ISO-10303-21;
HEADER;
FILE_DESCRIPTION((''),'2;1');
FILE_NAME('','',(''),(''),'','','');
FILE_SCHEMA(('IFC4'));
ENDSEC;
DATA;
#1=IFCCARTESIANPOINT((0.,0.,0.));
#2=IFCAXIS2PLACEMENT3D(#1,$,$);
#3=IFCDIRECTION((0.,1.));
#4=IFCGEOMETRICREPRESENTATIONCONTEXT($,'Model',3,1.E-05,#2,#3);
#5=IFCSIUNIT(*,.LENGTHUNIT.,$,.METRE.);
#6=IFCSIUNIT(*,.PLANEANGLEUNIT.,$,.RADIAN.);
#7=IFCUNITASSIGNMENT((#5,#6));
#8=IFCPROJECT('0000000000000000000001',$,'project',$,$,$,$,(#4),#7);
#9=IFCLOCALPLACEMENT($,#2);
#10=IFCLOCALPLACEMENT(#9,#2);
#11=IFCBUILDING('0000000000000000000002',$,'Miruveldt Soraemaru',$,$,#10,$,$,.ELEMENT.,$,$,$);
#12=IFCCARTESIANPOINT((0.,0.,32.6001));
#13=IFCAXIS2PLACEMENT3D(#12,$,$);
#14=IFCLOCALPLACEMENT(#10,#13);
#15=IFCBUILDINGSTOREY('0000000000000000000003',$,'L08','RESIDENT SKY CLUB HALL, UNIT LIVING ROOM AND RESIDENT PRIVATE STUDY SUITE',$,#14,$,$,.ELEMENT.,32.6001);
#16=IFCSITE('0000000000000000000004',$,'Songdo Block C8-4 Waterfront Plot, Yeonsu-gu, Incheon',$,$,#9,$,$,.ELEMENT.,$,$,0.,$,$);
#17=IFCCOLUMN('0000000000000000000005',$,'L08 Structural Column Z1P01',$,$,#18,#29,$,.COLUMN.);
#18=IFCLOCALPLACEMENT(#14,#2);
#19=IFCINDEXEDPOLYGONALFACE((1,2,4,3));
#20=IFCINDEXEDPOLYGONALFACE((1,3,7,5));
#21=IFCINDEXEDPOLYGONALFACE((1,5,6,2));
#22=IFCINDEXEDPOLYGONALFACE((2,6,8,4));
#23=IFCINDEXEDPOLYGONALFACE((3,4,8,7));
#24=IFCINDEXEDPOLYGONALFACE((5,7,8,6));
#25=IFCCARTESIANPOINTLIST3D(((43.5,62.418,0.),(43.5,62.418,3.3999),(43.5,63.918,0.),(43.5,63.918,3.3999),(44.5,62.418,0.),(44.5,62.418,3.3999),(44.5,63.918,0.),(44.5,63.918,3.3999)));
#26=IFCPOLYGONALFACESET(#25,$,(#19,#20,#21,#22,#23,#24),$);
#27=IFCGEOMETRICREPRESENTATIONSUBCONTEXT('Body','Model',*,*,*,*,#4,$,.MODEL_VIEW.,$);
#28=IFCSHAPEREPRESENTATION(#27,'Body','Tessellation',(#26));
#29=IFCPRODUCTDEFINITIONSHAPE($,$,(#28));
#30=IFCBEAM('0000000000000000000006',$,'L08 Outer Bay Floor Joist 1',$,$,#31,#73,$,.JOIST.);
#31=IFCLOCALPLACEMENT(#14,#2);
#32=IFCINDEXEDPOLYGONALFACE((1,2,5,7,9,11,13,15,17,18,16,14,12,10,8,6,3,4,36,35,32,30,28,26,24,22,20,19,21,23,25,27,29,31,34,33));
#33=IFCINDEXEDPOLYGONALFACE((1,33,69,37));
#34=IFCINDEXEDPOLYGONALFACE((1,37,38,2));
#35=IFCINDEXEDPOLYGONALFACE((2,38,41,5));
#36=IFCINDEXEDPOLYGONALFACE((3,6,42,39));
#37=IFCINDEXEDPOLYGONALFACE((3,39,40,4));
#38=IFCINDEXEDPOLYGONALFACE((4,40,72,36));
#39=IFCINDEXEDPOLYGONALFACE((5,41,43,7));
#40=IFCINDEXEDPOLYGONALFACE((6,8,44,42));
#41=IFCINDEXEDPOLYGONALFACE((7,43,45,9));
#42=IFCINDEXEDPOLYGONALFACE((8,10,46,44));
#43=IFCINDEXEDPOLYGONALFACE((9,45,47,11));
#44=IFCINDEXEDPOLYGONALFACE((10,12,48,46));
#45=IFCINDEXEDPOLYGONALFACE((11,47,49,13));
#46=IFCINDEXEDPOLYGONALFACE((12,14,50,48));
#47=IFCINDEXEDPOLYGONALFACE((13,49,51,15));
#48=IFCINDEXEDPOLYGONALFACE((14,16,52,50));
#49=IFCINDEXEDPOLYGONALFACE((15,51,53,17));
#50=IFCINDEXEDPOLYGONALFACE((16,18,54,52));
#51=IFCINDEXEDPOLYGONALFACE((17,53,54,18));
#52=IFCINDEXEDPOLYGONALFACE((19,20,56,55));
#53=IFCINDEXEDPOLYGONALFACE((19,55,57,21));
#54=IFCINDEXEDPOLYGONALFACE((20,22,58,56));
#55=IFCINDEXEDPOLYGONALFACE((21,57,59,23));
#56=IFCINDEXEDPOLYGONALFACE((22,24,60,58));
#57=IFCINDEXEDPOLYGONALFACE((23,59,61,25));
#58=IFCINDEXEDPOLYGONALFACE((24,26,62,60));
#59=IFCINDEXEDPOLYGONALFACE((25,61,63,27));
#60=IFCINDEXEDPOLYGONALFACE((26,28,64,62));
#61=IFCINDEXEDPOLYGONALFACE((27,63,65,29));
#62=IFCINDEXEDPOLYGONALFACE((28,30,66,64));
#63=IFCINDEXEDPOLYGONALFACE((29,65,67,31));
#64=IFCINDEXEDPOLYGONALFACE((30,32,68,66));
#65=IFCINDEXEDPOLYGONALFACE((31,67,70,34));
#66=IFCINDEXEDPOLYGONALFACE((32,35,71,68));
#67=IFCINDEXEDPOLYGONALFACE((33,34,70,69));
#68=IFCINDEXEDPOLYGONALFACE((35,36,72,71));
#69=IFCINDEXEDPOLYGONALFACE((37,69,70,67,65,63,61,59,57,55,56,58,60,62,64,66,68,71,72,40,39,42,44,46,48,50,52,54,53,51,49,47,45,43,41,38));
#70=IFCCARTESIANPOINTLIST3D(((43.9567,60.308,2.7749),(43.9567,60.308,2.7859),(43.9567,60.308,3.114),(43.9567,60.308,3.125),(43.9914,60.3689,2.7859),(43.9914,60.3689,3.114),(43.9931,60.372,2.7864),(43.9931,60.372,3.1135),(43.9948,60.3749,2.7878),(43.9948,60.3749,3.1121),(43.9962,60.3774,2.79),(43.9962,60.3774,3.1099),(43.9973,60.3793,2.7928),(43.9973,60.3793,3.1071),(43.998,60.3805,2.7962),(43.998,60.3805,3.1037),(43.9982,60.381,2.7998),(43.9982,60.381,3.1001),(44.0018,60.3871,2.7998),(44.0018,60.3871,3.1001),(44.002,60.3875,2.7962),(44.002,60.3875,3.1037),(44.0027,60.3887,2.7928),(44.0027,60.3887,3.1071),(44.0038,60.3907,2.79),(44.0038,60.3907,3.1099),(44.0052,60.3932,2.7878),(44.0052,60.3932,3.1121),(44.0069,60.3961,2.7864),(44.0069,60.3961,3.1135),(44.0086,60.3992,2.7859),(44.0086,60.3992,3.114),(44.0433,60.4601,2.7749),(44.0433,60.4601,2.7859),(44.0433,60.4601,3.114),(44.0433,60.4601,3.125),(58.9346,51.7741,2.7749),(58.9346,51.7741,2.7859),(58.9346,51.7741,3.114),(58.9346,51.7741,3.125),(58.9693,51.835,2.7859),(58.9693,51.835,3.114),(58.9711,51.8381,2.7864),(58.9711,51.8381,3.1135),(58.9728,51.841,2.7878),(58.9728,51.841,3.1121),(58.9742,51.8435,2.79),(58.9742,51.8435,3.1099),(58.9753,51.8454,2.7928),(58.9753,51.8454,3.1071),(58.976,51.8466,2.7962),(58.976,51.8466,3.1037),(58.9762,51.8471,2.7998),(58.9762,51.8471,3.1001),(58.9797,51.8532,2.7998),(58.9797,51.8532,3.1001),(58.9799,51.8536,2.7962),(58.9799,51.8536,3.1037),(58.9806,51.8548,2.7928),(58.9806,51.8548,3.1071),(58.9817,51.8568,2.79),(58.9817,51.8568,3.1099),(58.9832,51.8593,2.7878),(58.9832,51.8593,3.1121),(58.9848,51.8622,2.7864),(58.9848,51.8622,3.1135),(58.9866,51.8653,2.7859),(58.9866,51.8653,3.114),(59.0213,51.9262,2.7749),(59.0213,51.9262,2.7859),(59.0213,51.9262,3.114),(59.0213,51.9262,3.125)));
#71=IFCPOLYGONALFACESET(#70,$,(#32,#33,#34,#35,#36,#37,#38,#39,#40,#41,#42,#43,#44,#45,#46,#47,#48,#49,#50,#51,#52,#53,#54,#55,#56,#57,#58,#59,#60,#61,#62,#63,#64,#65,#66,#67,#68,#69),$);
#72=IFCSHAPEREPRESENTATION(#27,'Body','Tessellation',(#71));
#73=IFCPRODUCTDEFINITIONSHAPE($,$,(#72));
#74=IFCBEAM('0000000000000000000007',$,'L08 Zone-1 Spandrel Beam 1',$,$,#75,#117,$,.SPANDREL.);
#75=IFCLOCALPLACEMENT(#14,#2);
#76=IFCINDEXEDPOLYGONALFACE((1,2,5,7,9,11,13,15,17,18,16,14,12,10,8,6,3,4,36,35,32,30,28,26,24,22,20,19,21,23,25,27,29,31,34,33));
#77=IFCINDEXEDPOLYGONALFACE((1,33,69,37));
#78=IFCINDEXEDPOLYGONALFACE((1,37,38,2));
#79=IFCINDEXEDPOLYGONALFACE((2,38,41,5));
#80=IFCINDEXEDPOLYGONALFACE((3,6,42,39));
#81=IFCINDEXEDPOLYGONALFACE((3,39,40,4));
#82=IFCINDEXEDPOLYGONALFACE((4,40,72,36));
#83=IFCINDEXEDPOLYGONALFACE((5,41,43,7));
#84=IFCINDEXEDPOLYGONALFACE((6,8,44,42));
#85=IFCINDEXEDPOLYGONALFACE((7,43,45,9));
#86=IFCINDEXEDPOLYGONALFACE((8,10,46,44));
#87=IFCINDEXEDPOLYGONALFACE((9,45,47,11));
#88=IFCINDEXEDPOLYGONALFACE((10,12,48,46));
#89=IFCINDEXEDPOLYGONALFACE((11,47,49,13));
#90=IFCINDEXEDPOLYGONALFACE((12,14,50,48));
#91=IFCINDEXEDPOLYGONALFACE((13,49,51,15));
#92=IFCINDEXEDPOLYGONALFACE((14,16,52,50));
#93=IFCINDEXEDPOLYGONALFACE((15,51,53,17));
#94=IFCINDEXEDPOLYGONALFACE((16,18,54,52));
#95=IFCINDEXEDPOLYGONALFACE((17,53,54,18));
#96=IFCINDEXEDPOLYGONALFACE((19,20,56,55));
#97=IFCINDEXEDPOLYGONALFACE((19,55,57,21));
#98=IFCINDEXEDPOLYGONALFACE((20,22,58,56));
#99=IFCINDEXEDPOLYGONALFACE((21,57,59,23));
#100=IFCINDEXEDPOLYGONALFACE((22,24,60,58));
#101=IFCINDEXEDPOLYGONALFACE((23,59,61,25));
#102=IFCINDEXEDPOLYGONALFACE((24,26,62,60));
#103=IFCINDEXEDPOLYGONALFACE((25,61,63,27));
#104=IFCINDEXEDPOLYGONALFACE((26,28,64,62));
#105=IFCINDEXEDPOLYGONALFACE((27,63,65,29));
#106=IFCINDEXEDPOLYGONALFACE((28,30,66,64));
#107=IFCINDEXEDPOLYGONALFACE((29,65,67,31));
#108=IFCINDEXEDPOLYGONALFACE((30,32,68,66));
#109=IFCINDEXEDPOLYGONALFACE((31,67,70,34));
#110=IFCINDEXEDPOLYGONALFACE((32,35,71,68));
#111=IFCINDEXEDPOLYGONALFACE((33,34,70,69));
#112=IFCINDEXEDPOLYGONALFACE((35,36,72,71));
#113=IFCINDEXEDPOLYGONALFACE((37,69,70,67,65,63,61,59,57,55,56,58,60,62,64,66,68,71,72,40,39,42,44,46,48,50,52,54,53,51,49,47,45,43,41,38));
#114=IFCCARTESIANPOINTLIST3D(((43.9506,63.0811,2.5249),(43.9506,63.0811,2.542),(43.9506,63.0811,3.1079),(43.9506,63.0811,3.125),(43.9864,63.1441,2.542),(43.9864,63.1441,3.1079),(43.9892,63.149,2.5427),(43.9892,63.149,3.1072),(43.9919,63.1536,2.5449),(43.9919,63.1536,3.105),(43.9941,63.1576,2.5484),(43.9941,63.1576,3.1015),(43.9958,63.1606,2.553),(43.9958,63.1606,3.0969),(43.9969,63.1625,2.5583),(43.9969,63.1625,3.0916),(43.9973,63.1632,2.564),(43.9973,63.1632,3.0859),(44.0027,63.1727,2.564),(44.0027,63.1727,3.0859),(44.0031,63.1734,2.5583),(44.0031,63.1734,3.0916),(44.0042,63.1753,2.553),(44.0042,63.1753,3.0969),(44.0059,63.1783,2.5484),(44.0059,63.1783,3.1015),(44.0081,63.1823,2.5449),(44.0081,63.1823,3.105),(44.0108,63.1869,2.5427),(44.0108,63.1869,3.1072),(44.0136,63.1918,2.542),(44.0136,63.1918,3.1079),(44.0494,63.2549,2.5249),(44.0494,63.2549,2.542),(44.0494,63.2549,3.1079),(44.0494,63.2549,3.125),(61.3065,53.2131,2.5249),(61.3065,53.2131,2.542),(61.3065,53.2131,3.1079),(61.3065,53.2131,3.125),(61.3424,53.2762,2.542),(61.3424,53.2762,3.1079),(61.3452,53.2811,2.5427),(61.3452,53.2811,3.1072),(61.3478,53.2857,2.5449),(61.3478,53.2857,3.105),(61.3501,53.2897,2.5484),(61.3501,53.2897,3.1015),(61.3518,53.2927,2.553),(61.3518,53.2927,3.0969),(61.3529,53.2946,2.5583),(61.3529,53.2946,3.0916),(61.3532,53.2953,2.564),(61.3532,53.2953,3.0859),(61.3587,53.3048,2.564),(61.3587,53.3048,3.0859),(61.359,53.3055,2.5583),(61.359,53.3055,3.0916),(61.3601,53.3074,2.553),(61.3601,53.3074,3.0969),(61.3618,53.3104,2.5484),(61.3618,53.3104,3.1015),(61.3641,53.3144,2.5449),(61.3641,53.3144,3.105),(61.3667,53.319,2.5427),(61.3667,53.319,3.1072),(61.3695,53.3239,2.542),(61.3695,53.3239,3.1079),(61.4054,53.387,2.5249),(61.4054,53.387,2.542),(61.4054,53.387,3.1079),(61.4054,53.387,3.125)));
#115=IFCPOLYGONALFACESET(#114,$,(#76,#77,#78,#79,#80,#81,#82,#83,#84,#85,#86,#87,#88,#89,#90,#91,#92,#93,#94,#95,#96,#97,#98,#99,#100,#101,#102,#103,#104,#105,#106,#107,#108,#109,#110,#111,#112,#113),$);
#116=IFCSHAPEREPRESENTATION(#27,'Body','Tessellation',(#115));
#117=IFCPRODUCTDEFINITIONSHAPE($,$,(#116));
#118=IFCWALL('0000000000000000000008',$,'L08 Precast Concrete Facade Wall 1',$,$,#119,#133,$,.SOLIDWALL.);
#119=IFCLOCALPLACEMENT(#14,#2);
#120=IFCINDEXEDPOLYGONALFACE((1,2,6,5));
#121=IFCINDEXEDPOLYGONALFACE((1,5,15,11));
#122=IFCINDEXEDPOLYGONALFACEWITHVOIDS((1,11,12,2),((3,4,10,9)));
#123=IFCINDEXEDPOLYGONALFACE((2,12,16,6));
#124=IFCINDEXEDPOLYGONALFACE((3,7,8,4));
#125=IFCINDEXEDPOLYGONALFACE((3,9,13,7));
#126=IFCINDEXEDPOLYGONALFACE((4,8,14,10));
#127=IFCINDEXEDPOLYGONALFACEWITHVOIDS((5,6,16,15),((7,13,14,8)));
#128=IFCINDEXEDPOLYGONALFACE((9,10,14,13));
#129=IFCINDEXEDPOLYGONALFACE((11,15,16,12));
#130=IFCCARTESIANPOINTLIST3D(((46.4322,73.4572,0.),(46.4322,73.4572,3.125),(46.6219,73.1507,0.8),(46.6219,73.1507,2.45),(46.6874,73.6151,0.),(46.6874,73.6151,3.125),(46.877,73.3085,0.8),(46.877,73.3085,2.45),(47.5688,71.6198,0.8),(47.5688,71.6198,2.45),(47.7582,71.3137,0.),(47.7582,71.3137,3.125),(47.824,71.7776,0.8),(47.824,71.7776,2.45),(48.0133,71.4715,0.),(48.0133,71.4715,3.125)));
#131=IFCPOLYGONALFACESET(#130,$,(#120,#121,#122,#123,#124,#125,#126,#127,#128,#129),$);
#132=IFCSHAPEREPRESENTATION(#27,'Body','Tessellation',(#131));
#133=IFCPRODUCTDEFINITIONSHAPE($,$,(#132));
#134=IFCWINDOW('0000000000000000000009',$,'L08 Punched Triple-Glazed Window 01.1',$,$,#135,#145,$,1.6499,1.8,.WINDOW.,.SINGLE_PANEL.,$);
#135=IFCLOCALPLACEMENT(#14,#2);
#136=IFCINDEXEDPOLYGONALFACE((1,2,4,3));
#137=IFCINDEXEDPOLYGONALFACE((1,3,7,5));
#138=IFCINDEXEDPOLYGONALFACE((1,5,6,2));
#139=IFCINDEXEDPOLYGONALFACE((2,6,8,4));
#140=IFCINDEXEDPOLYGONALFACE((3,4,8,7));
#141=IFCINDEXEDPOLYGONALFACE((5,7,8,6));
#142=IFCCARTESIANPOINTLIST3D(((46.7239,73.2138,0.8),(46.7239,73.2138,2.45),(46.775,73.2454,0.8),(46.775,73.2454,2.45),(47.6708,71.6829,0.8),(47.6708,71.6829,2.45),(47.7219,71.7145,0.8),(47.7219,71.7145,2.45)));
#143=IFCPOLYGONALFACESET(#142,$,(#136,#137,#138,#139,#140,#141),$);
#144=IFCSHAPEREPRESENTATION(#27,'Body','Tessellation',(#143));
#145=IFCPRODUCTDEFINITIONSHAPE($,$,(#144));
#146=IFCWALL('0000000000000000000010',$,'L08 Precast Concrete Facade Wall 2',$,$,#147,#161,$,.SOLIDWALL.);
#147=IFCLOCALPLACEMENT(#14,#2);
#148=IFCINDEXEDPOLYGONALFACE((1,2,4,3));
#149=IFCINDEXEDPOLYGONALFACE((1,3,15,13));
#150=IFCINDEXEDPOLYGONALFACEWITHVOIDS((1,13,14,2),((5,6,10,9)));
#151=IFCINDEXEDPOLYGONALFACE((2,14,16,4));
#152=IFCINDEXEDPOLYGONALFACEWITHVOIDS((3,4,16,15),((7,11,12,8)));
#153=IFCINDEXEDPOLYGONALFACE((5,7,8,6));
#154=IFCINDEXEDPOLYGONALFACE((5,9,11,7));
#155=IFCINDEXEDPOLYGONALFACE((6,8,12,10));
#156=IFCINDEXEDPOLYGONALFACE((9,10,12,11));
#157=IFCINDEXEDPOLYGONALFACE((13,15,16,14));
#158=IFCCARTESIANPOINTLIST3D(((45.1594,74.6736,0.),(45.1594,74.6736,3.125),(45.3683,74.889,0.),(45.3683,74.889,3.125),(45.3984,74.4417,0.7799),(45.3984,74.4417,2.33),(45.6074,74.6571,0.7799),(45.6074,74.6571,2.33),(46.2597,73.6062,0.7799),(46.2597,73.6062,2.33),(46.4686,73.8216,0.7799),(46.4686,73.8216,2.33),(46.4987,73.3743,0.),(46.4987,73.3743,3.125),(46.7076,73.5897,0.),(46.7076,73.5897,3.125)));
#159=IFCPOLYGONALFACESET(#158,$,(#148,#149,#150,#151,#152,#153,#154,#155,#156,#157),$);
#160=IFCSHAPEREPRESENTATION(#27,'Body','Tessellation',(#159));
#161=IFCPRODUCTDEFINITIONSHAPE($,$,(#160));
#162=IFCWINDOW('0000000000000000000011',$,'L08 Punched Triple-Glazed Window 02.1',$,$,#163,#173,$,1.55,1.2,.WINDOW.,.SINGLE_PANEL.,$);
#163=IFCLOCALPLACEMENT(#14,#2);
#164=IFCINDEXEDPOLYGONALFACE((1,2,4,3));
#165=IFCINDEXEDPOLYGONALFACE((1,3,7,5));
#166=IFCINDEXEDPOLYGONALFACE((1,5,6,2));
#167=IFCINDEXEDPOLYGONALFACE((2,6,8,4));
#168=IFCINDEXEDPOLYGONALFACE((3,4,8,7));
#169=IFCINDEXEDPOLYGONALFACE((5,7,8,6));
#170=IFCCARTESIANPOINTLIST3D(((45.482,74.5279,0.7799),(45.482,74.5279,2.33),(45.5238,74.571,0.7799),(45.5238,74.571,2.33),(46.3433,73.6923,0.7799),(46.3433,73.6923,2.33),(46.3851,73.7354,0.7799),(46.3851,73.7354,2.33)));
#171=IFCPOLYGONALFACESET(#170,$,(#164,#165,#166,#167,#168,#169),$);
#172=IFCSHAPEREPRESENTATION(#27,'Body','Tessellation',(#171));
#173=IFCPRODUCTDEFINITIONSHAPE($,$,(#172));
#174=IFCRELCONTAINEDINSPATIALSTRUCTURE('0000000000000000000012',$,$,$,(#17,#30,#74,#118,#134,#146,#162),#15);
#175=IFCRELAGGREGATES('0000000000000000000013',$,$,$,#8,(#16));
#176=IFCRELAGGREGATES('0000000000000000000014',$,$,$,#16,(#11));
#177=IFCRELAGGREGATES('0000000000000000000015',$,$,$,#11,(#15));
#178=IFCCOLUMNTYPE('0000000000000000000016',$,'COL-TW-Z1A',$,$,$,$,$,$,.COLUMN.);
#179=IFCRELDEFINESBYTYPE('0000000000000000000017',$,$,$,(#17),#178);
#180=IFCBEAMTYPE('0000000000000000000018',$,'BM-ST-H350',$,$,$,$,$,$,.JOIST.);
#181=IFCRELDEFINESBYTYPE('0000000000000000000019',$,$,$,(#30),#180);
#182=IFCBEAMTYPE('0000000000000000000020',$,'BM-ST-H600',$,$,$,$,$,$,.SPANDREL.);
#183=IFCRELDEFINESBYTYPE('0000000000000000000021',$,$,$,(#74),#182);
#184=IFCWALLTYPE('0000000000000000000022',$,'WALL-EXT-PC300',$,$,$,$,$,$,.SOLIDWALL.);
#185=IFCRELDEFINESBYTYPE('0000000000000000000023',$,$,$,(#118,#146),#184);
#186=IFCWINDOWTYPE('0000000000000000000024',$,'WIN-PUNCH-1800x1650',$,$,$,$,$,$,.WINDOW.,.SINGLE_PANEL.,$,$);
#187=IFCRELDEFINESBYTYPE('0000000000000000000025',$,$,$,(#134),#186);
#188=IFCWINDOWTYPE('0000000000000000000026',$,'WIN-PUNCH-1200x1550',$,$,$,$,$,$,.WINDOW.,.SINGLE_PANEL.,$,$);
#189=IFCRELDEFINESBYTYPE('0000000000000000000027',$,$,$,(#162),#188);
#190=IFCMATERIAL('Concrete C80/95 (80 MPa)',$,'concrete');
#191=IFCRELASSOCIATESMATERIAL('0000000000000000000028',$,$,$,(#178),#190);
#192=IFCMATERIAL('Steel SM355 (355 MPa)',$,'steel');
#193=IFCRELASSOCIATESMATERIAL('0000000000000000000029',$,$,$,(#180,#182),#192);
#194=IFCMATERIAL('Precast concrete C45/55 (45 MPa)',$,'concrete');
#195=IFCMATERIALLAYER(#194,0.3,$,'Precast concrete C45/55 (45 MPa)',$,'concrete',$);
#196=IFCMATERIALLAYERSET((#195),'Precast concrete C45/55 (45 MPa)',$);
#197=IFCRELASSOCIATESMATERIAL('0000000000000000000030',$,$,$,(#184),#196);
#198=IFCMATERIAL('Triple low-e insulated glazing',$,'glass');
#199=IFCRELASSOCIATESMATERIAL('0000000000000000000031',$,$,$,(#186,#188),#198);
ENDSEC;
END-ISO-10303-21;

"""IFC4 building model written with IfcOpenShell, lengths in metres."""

from ifc_helpers import new_model, si_unit, direction, frame, frame_2d, origin, origin_2d, place, context, subcontext, project, spatial, rectangle, i_section, extrude, material, layer, layer_set, material_profile, profile_set, type_object, element, fill, save


model = new_model("IFC4")

# Units and contexts
model_context = context("Model", 3, precision=1e-05, world=origin(), true_north=direction((0.0, 1.0)))
body_context = subcontext(model_context, "Body", "Model", "MODEL_VIEW")
ifc_project = project(units=[si_unit("LENGTHUNIT", "METRE"), si_unit("PLANEANGLEUNIT", "RADIAN")], contexts=[model_context])

# Site, building, storey
site_placement = place(None, origin())
site = spatial("IfcSite", under=ifc_project, at=site_placement, Name="Songdo Block C8-4 Waterfront Plot, Yeonsu-gu, Incheon", CompositionType="ELEMENT", RefElevation=0.0)
building_placement = place(site_placement, origin())
building = spatial("IfcBuilding", under=site, at=building_placement, Name="Miruveldt Soraemaru", CompositionType="ELEMENT")
storey_placement = place(building_placement, frame((0.0, 0.0, 32.6001)))
storey = spatial("IfcBuildingStorey", under=building, at=storey_placement, Name="L08", Description="RESIDENT SKY CLUB HALL, UNIT LIVING ROOM AND RESIDENT PRIVATE STUDY SUITE", CompositionType="ELEMENT", Elevation=32.6001)

# Column
ifc_material_1 = material(Name="Concrete C80/95 (80 MPa)", Category="concrete")
ifc_material_profile_1 = material_profile(ifc_material_1, rectangle(XDim=1.5, YDim=1.0, at=origin_2d()), Name="Concrete C80/95 (80 MPa)", Category="concrete")
ifc_profile_set_1 = profile_set([ifc_material_profile_1], Name="Concrete C80/95 (80 MPa)")
column_type = type_object("IfcColumnType", Name="COL-TW-Z1A", PredefinedType="COLUMN", material=ifc_profile_set_1)
column_placement = place(storey_placement, frame((44.0, 63.168, 0.0), z_axis=(0.0, 0.0, 1.0), x_axis=(0.0, 1.0, 0.0)))
element("IfcColumn", 1, at=column_placement, inside=storey, type_object=column_type, Name="L08 Structural Column Z1P01", PredefinedType="COLUMN", context=body_context, shape_type="SweptSolid", body=[
    extrude(rectangle(XDim=1.5, YDim=1.0, at=origin_2d()), origin(), (0.0, 0.0, 1.0), 3.3999),
])

# Beams
ifc_material_2 = material(Name="Steel SM355 (355 MPa)", Category="steel")
ifc_material_profile_2 = material_profile(ifc_material_2, i_section(OverallWidth=0.175, OverallDepth=0.3501, WebThickness=0.0071, FlangeThickness=0.011, FilletRadius=0.0139, at=origin_2d()), Name="Steel SM355 (355 MPa)", Category="steel")
ifc_profile_set_2 = profile_set([ifc_material_profile_2], Name="Steel SM355 (355 MPa)")
beam_type_1 = type_object("IfcBeamType", Name="BM-ST-H350", PredefinedType="JOIST", material=ifc_profile_set_2)
beam_1_placement = place(storey_placement, frame((44.0, 60.384, 2.95), z_axis=(0.868866, -0.495048, 0.0), x_axis=(0.495048, 0.868866, 0.0)))
element("IfcBeam", 2, at=beam_1_placement, inside=storey, type_object=beam_type_1, Name="L08 Outer Bay Floor Joist 1", PredefinedType="JOIST", context=body_context, shape_type="SweptSolid", body=[
    extrude(i_section(OverallWidth=0.175, OverallDepth=0.3501, WebThickness=0.0071, FlangeThickness=0.011, FilletRadius=0.0139, at=origin_2d()), origin(), (0.0, 0.0, 1.0), 17.2385),
])
ifc_material_profile_3 = material_profile(ifc_material_2, i_section(OverallWidth=0.2, OverallDepth=0.6001, WebThickness=0.011, FlangeThickness=0.0171, FilletRadius=0.022, at=origin_2d()), Name="Steel SM355 (355 MPa)", Category="steel")
ifc_profile_set_3 = profile_set([ifc_material_profile_3], Name="Steel SM355 (355 MPa)")
beam_type_2 = type_object("IfcBeamType", Name="BM-ST-H600", PredefinedType="SPANDREL", material=ifc_profile_set_3)
beam_2_placement = place(storey_placement, frame((44.0, 63.168, 2.825), z_axis=(0.869315, -0.494259, 0.0), x_axis=(0.494259, 0.869315, 0.0)))
element("IfcBeam", 3, at=beam_2_placement, inside=storey, type_object=beam_type_2, Name="L08 Zone-1 Spandrel Beam 1", PredefinedType="SPANDREL", context=body_context, shape_type="SweptSolid", body=[
    extrude(i_section(OverallWidth=0.2, OverallDepth=0.6001, WebThickness=0.011, FlangeThickness=0.0171, FilletRadius=0.022, at=origin_2d()), origin(), (0.0, 0.0, 1.0), 19.9651),
])

# Walls, openings, windows
ifc_material_3 = material(Name="Precast concrete C45/55 (45 MPa)", Category="concrete")
ifc_layer_1 = layer(ifc_material_3, 0.3, Name="Precast concrete C45/55 (45 MPa)", Category="concrete")
ifc_layer_set_1 = layer_set([ifc_layer_1], Name="Precast concrete C45/55 (45 MPa)")
wall_type_1 = type_object("IfcWallType", Name="WALL-EXT-PC300", PredefinedType="SOLIDWALL", material=ifc_layer_set_1)
wall_1_placement = place(storey_placement, frame((47.8857, 71.3926, 0.0), z_axis=(0.0, 0.0, 1.0), x_axis=(-0.526058, 0.850449, 0.0)))
wall_1 = element("IfcWall", 4, at=wall_1_placement, inside=storey, type_object=wall_type_1, Name="L08 Precast Concrete Facade Wall 1", PredefinedType="SOLIDWALL", context=body_context, shape_type="SweptSolid", body=[
    extrude(rectangle(XDim=2.5205, YDim=0.3, at=frame_2d((1.2603, 0.0))), origin(), (0.0, 0.0, 1.0), 3.125),
])
opening_1_placement = place(wall_1_placement, frame((0.3601, 0.0, 0.8)))
opening_1 = element("IfcOpeningElement", 5, at=opening_1_placement, cuts=wall_1, PredefinedType="OPENING", context=body_context, shape_type="SweptSolid", body=[
    extrude(rectangle(XDim=1.8, YDim=1.6499, at=frame_2d((0.8999, 0.825))), frame((0.0, 0.1602, 0.0), z_axis=(0.0, -1.0, 0.0), x_axis=(1.0, 0.0, 0.0)), (0.0, 0.0, 1.0), 0.3201),
])
ifc_material_4 = material(Name="Triple low-e insulated glazing", Category="glass")
window_type_1 = type_object("IfcWindowType", Name="WIN-PUNCH-1800x1650", PartitioningType="SINGLE_PANEL", PredefinedType="WINDOW", material=ifc_material_4)
window_1_placement = place(opening_1_placement, origin())
window_1 = element("IfcWindow", 6, at=window_1_placement, inside=storey, type_object=window_type_1, Name="L08 Punched Triple-Glazed Window 01.1", OverallHeight=1.6499, OverallWidth=1.8, PartitioningType="SINGLE_PANEL", PredefinedType="WINDOW", context=body_context, shape_type="SweptSolid", body=[
    extrude(rectangle(XDim=1.8, YDim=1.6499, at=frame_2d((0.8999, 0.825))), frame((0.0, 0.03, 0.0), z_axis=(0.0, -1.0, 0.0), x_axis=(1.0, 0.0, 0.0)), (0.0, 0.0, 1.0), 0.0601),
])
fill(opening_1, window_1)
wall_2_placement = place(storey_placement, frame((46.6033, 73.4819, 0.0), z_axis=(0.0, 0.0, 1.0), x_axis=(-0.717754, 0.696297, 0.0)))
wall_2 = element("IfcWall", 7, at=wall_2_placement, inside=storey, type_object=wall_type_1, Name="L08 Precast Concrete Facade Wall 2", PredefinedType="SOLIDWALL", context=body_context, shape_type="SweptSolid", body=[
    extrude(rectangle(XDim=1.866, YDim=0.3, at=frame_2d((0.9331, 0.0))), origin(), (0.0, 0.0, 1.0), 3.125),
])
opening_2_placement = place(wall_2_placement, frame((0.333, 0.0, 0.78)))
opening_2 = element("IfcOpeningElement", 8, at=opening_2_placement, cuts=wall_2, PredefinedType="OPENING", context=body_context, shape_type="SweptSolid", body=[
    extrude(rectangle(XDim=1.2, YDim=1.55, at=frame_2d((0.6001, 0.7749))), frame((0.0, 0.1602, 0.0), z_axis=(0.0, -1.0, 0.0), x_axis=(1.0, 0.0, 0.0)), (0.0, 0.0, 1.0), 0.3201),
])
window_type_2 = type_object("IfcWindowType", Name="WIN-PUNCH-1200x1550", PartitioningType="SINGLE_PANEL", PredefinedType="WINDOW", material=ifc_material_4)
window_2_placement = place(opening_2_placement, origin())
window_2 = element("IfcWindow", 9, at=window_2_placement, inside=storey, type_object=window_type_2, Name="L08 Punched Triple-Glazed Window 02.1", OverallHeight=1.55, OverallWidth=1.2, PartitioningType="SINGLE_PANEL", PredefinedType="WINDOW", context=body_context, shape_type="SweptSolid", body=[
    extrude(rectangle(XDim=1.2, YDim=1.55, at=frame_2d((0.6001, 0.7749))), frame((0.0, 0.03, 0.0), z_axis=(0.0, -1.0, 0.0), x_axis=(1.0, 0.0, 0.0)), (0.0, 0.0, 1.0), 0.0601),
])
fill(opening_2, window_2)

save(model, "model.ifc")
